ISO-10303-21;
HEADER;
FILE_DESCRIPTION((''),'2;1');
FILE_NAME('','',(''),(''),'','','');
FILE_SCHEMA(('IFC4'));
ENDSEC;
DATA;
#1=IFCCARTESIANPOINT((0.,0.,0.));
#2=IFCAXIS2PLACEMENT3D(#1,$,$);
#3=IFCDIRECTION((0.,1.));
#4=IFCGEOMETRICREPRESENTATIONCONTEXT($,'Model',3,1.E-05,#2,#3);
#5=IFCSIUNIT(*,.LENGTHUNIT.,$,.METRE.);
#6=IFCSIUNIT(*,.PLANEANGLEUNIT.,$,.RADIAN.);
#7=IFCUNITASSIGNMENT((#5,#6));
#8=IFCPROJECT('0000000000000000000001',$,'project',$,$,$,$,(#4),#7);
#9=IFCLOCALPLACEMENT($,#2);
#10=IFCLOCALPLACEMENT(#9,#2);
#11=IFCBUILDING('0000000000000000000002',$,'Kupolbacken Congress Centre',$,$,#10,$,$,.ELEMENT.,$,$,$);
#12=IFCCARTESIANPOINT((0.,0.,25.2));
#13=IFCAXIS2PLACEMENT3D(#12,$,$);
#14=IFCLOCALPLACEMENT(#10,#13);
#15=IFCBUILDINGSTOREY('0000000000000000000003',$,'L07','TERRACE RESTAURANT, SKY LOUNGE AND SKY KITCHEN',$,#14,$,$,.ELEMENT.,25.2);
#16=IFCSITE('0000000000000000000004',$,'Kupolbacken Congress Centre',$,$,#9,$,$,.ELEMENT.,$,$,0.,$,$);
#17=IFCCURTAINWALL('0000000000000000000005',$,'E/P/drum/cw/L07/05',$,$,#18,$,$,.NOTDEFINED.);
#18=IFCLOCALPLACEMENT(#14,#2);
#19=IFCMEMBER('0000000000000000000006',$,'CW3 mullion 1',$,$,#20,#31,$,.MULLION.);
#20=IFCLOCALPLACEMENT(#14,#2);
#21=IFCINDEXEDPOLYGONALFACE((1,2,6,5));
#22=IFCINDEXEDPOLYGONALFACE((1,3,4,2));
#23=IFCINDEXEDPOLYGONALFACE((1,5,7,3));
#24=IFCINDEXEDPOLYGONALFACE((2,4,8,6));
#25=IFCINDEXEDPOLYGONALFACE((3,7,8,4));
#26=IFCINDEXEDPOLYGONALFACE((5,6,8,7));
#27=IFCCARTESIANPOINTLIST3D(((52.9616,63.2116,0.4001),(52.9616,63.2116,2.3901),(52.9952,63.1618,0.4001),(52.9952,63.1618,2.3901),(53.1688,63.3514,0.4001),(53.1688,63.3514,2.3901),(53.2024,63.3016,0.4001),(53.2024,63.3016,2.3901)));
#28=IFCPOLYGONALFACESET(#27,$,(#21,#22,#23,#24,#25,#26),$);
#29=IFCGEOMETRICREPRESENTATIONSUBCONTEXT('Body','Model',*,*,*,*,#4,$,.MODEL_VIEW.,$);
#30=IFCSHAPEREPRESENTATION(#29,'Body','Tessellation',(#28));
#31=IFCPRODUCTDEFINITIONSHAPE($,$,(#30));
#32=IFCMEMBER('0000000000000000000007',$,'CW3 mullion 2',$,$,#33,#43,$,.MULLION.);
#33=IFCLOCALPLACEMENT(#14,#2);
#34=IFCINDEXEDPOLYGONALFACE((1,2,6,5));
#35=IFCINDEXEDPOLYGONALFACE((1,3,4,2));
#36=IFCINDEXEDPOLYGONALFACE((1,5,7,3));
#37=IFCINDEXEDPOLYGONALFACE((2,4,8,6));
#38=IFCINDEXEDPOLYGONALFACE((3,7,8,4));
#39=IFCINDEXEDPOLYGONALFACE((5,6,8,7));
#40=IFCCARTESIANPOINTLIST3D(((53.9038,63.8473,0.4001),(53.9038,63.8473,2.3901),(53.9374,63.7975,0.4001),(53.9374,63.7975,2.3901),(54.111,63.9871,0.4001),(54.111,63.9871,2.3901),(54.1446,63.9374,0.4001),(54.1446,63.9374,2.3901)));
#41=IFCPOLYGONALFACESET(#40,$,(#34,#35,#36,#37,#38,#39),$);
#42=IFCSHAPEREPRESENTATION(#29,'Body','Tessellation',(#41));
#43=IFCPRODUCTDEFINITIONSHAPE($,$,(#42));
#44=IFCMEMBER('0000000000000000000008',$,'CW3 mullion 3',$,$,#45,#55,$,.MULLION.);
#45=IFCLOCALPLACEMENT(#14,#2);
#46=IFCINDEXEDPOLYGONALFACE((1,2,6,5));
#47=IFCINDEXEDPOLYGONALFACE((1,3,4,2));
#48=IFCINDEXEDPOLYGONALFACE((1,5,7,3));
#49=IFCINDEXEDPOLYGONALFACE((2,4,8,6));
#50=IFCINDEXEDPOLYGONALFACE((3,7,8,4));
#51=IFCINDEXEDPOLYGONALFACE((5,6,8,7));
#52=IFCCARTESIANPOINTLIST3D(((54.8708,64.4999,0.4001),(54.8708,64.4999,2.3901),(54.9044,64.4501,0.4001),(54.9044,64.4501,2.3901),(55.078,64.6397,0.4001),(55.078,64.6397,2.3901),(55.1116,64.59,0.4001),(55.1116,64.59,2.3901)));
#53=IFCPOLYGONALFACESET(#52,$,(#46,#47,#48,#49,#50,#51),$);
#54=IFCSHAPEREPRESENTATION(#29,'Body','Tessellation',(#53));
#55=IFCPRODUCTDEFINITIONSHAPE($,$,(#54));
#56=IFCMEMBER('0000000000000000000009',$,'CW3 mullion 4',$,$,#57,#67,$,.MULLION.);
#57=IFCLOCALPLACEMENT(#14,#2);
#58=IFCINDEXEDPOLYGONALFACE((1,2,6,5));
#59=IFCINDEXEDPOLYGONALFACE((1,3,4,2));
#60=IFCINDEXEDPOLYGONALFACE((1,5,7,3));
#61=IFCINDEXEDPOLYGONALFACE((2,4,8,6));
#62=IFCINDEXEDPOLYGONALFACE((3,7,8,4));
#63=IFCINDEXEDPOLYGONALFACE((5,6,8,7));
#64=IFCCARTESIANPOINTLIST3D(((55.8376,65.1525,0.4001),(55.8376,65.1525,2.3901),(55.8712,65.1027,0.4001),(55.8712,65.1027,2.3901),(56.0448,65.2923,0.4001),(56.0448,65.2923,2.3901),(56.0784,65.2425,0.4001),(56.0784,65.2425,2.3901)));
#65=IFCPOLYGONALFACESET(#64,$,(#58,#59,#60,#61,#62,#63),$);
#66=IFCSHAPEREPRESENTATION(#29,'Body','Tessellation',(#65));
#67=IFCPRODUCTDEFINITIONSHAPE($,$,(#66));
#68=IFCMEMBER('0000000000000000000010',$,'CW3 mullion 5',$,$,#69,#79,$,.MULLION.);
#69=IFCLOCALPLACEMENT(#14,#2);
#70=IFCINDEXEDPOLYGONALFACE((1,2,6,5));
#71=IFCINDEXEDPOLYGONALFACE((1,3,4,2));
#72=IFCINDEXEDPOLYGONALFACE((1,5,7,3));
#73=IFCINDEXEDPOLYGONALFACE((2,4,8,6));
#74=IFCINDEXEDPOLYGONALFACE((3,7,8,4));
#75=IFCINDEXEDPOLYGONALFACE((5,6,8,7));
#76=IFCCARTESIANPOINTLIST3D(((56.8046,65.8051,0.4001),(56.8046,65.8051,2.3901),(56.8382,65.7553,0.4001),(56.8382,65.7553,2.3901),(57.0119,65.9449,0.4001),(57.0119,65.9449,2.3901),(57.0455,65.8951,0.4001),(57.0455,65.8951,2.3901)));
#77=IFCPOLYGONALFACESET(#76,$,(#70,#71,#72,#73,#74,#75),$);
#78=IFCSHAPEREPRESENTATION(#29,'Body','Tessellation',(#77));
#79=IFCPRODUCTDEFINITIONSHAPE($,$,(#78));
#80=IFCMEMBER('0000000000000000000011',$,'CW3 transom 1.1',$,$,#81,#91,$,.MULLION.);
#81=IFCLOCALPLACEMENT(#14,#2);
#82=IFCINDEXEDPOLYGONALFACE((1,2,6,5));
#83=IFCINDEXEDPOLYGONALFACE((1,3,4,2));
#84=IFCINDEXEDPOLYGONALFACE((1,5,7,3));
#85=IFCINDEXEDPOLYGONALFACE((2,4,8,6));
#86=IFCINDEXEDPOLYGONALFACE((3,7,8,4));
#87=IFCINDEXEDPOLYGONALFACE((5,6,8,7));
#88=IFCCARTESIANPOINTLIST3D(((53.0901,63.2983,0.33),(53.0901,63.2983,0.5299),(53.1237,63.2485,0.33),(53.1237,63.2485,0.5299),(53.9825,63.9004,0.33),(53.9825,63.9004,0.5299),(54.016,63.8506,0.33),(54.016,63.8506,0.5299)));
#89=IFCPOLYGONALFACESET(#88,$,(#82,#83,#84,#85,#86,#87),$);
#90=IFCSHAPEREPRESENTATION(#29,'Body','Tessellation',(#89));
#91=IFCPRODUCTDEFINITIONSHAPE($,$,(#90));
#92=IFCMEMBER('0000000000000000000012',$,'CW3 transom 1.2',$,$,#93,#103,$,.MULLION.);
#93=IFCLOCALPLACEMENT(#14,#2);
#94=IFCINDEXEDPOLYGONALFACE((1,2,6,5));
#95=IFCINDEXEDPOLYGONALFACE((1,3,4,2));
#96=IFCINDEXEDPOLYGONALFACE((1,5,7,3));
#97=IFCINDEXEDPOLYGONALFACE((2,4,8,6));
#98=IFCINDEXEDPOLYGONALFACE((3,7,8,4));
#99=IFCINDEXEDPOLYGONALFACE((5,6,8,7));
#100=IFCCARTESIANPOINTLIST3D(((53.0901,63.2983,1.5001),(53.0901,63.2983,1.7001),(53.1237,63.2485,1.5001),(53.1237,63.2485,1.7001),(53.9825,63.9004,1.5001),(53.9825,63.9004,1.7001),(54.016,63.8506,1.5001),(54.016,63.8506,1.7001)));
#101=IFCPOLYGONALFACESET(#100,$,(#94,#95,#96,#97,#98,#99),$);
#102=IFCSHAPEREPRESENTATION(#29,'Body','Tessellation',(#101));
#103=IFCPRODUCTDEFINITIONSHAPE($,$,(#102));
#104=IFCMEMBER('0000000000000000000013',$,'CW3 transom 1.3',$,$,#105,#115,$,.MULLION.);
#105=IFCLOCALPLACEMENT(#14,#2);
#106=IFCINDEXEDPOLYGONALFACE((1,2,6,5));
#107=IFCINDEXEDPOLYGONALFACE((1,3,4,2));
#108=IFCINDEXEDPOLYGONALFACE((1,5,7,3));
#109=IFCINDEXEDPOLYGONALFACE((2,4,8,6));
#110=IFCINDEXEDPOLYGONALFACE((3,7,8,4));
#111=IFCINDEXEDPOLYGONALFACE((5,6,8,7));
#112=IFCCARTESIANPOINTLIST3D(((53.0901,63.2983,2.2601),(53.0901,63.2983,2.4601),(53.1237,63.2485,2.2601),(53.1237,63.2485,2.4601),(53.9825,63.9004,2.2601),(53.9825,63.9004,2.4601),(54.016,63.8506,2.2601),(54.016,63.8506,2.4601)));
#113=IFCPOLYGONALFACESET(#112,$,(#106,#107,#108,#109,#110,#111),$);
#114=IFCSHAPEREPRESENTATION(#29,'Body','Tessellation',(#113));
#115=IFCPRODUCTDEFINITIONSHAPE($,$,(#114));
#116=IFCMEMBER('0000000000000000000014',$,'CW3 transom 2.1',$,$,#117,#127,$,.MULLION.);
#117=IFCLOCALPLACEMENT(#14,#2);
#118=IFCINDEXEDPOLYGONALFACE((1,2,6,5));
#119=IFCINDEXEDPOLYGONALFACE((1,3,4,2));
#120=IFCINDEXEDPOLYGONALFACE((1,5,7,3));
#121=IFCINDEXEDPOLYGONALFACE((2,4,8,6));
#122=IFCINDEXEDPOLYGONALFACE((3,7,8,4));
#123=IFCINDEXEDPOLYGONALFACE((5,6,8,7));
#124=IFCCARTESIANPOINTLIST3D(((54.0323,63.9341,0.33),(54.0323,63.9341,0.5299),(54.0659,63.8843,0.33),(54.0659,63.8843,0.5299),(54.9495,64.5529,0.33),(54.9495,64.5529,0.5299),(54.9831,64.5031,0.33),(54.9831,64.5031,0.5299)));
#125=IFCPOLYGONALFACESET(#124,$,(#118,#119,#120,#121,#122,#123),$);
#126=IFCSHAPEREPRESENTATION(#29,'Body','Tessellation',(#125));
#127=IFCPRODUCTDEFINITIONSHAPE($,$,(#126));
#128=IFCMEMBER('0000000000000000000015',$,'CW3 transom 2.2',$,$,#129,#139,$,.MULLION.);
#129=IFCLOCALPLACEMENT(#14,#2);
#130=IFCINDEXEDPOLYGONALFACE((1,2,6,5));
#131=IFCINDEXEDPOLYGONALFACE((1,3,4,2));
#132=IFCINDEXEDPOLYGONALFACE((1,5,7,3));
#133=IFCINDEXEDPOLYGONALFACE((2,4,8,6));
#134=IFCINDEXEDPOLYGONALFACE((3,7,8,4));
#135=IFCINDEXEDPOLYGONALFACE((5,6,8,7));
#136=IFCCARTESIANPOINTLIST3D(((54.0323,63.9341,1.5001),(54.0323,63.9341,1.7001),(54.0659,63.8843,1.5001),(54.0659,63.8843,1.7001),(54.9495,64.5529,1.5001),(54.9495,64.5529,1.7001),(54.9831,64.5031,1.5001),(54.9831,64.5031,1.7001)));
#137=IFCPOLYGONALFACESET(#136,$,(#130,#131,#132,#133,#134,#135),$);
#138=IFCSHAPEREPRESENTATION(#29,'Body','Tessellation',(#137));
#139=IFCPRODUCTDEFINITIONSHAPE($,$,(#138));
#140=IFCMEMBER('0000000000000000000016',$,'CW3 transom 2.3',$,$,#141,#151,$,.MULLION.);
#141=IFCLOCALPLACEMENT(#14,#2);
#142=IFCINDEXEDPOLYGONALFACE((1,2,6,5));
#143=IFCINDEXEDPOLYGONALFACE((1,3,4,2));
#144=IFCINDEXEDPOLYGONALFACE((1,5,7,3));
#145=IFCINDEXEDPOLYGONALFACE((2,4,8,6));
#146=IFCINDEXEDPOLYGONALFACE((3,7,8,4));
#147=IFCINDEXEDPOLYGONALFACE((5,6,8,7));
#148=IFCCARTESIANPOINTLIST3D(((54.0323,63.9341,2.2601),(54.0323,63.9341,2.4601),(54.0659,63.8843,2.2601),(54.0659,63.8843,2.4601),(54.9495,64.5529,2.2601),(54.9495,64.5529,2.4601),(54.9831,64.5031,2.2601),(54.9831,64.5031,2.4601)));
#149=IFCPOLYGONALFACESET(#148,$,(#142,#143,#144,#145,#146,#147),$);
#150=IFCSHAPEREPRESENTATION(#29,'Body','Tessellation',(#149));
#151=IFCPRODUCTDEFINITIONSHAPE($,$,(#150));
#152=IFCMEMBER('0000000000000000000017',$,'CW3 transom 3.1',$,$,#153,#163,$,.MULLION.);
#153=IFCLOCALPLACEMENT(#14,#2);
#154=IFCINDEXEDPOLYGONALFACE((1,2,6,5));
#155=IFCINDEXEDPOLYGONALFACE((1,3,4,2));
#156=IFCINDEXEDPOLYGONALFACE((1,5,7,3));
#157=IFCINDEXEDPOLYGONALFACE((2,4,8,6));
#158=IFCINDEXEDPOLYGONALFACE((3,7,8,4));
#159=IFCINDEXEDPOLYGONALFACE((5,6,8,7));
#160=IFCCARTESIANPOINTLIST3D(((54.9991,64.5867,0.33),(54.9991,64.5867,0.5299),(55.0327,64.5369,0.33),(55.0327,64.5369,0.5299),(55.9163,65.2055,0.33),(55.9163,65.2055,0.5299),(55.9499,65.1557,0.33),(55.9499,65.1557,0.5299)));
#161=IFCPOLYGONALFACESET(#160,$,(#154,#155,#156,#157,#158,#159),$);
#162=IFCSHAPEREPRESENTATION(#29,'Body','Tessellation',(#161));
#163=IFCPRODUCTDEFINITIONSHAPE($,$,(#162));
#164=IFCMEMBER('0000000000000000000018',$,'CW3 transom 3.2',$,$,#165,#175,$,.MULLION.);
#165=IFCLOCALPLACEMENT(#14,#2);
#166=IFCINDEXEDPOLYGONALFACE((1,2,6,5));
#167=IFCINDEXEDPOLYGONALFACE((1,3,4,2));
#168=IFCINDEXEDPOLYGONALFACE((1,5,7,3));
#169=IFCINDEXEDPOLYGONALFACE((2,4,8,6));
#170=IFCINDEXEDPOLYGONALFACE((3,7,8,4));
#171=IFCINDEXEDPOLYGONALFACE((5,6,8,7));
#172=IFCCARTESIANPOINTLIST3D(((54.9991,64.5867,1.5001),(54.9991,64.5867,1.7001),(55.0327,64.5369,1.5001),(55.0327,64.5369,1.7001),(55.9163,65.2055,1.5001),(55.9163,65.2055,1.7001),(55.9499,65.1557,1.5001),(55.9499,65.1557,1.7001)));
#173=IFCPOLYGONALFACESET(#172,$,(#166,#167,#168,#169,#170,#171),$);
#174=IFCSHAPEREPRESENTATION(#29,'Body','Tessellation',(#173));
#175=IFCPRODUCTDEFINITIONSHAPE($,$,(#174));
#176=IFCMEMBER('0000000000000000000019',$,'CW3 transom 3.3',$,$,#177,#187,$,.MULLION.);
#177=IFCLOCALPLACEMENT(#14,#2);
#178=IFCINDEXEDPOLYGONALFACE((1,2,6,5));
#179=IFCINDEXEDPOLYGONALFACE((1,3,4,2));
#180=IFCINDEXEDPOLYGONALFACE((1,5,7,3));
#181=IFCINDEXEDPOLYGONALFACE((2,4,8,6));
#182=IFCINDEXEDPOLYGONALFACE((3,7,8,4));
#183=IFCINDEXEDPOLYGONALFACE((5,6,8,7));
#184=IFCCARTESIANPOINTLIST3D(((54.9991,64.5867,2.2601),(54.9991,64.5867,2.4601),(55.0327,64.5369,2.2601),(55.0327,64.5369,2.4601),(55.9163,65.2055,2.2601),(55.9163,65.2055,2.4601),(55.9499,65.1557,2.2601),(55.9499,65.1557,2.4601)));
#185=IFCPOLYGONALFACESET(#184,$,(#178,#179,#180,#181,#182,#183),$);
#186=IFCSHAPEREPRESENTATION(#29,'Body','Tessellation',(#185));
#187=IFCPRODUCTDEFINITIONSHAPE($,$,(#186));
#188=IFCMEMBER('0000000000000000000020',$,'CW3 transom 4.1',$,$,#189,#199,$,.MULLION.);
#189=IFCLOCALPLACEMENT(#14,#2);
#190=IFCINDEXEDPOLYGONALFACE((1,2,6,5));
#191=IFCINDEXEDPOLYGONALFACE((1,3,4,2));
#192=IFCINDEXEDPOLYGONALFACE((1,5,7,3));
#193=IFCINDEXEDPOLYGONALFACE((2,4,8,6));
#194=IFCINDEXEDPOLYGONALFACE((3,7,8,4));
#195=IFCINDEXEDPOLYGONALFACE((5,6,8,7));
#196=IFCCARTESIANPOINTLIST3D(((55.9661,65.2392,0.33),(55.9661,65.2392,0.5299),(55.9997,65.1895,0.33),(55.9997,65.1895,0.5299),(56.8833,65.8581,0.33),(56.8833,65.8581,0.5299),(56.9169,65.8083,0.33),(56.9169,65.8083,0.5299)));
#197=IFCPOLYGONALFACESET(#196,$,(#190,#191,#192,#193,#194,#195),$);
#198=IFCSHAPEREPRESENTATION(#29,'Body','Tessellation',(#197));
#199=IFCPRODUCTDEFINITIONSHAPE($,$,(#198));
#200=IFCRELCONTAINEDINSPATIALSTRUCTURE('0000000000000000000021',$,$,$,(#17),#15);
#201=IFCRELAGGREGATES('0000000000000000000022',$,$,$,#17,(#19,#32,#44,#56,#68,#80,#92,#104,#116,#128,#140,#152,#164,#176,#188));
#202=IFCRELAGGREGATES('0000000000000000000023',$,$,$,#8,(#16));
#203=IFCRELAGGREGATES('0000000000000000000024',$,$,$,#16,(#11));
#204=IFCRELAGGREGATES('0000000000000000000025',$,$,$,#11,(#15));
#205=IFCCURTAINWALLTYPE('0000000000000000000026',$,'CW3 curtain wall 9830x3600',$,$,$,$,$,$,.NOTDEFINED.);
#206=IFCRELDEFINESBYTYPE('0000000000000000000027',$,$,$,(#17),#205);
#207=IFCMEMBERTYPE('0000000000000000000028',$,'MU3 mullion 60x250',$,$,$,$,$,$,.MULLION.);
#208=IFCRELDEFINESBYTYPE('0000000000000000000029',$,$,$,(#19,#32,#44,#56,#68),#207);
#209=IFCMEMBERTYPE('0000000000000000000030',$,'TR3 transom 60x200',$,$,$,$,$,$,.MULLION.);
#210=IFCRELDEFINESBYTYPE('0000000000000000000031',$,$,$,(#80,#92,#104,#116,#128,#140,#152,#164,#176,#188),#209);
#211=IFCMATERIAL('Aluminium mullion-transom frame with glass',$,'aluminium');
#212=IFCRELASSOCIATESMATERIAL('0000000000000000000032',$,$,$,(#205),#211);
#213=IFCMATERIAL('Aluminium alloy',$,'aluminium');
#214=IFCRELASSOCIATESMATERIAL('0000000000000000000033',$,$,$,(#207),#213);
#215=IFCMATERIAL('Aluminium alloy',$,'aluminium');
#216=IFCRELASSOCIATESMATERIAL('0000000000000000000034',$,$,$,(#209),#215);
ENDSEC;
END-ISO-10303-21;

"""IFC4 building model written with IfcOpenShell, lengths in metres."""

from ifc_helpers import new_model, si_unit, direction, frame, origin, origin_2d, place, context, subcontext, project, spatial, rectangle, extrude, material, material_profile, profile_set, type_object, element, aggregate, save


model = new_model("IFC4")

# Units and contexts
model_context = context("Model", 3, precision=1e-05, world=origin(), true_north=direction((0.0, 1.0)))
body_context = subcontext(model_context, "Body", "Model", "MODEL_VIEW")
ifc_project = project(units=[si_unit("LENGTHUNIT", "METRE"), si_unit("PLANEANGLEUNIT", "RADIAN")], contexts=[model_context])

# Site, building, storey
site_placement = place(None, origin())
site = spatial("IfcSite", under=ifc_project, at=site_placement, Name="Kupolbacken Congress Centre", CompositionType="ELEMENT", RefElevation=0.0)
building_placement = place(site_placement, origin())
building = spatial("IfcBuilding", under=site, at=building_placement, Name="Kupolbacken Congress Centre", CompositionType="ELEMENT")
storey_placement = place(building_placement, frame((0.0, 0.0, 25.2)))
storey = spatial("IfcBuildingStorey", under=building, at=storey_placement, Name="L07", Description="TERRACE RESTAURANT, SKY LOUNGE AND SKY KITCHEN", CompositionType="ELEMENT", Elevation=25.2)

# Shared definitions
ifc_material_1 = material(Name="Aluminium mullion-transom frame with glass", Category="aluminium")
curtain_wall_type = type_object("IfcCurtainWallType", Name="CW3 curtain wall 9830x3600", PredefinedType="NOTDEFINED", material=ifc_material_1)
ifc_material_2 = material(Name="Aluminium alloy", Category="aluminium")
ifc_material_profile_1 = material_profile(ifc_material_2, rectangle(XDim=0.0601, YDim=0.25, at=origin_2d()), Name="60 x 250")
ifc_profile_set_1 = profile_set([ifc_material_profile_1], Name="Aluminium alloy")
member_type_1 = type_object("IfcMemberType", Name="MU3 mullion 60x250", PredefinedType="MULLION", material=ifc_profile_set_1)

# Curtain wall, members
curtain_wall_1_placement = place(storey_placement, origin())
curtain_wall_1 = element("IfcCurtainWall", 1, at=curtain_wall_1_placement, inside=storey, type_object=curtain_wall_type, Name="E/P/drum/cw/L07/05", PredefinedType="NOTDEFINED")
member_1_placement = place(storey_placement, frame((53.082, 63.2566, 0.4001), z_axis=(0.0, 0.0, 1.0), x_axis=(-0.559386, 0.828908, 0.0)))
member_1 = element("IfcMember", 2, at=member_1_placement, type_object=member_type_1, Name="CW3 mullion 1", PredefinedType="MULLION", context=body_context, shape_type="SweptSolid", body=[
    extrude(rectangle(XDim=0.0601, YDim=0.25, at=origin_2d()), origin(), (0.0, 0.0, 1.0), 1.99),
])
member_2_placement = place(storey_placement, frame((54.0242, 63.8923, 0.4001), z_axis=(0.0, 0.0, 1.0), x_axis=(-0.559386, 0.828908, 0.0)))
member_2 = element("IfcMember", 3, at=member_2_placement, type_object=member_type_1, Name="CW3 mullion 2", PredefinedType="MULLION", context=body_context, shape_type="SweptSolid", body=[
    extrude(rectangle(XDim=0.0601, YDim=0.25, at=origin_2d()), origin(), (0.0, 0.0, 1.0), 1.99),
])
member_3_placement = place(storey_placement, frame((54.9912, 64.5449, 0.4001), z_axis=(0.0, 0.0, 1.0), x_axis=(-0.559386, 0.828908, 0.0)))
member_3 = element("IfcMember", 4, at=member_3_placement, type_object=member_type_1, Name="CW3 mullion 3", PredefinedType="MULLION", context=body_context, shape_type="SweptSolid", body=[
    extrude(rectangle(XDim=0.0601, YDim=0.25, at=origin_2d()), origin(), (0.0, 0.0, 1.0), 1.99),
])
member_4_placement = place(storey_placement, frame((55.958, 65.1975, 0.4001), z_axis=(0.0, 0.0, 1.0), x_axis=(-0.559386, 0.828908, 0.0)))
member_4 = element("IfcMember", 5, at=member_4_placement, type_object=member_type_1, Name="CW3 mullion 4", PredefinedType="MULLION", context=body_context, shape_type="SweptSolid", body=[
    extrude(rectangle(XDim=0.0601, YDim=0.25, at=origin_2d()), origin(), (0.0, 0.0, 1.0), 1.99),
])
member_5_placement = place(storey_placement, frame((56.925, 65.8501, 0.4001), z_axis=(0.0, 0.0, 1.0), x_axis=(-0.559386, 0.828908, 0.0)))
member_5 = element("IfcMember", 6, at=member_5_placement, type_object=member_type_1, Name="CW3 mullion 5", PredefinedType="MULLION", context=body_context, shape_type="SweptSolid", body=[
    extrude(rectangle(XDim=0.0601, YDim=0.25, at=origin_2d()), origin(), (0.0, 0.0, 1.0), 1.99),
])
ifc_material_3 = material(Name="Aluminium alloy", Category="aluminium")
ifc_material_profile_2 = material_profile(ifc_material_3, rectangle(XDim=0.0601, YDim=0.2, at=origin_2d()), Name="60 x 200")
ifc_profile_set_2 = profile_set([ifc_material_profile_2], Name="Aluminium alloy")
member_type_2 = type_object("IfcMemberType", Name="TR3 transom 60x200", PredefinedType="MULLION", material=ifc_profile_set_2)
member_6_placement = place(storey_placement, frame((53.1069, 63.2734, 0.4299), z_axis=(0.828967, 0.559298, 0.0), x_axis=(-0.559298, 0.828967, 0.0)))
member_6 = element("IfcMember", 7, at=member_6_placement, type_object=member_type_2, Name="CW3 transom 1.1", PredefinedType="MULLION", context=body_context, shape_type="SweptSolid", body=[
    extrude(rectangle(XDim=0.0601, YDim=0.2, at=origin_2d()), origin(), (0.0, 0.0, 1.0), 1.0764),
])
member_7_placement = place(storey_placement, frame((53.1069, 63.2734, 1.6001), z_axis=(0.828967, 0.559298, 0.0), x_axis=(-0.559298, 0.828967, 0.0)))
member_7 = element("IfcMember", 8, at=member_7_placement, type_object=member_type_2, Name="CW3 transom 1.2", PredefinedType="MULLION", context=body_context, shape_type="SweptSolid", body=[
    extrude(rectangle(XDim=0.0601, YDim=0.2, at=origin_2d()), origin(), (0.0, 0.0, 1.0), 1.0764),
])
member_8_placement = place(storey_placement, frame((53.1069, 63.2734, 2.3601), z_axis=(0.828967, 0.559298, 0.0), x_axis=(-0.559298, 0.828967, 0.0)))
member_8 = element("IfcMember", 9, at=member_8_placement, type_object=member_type_2, Name="CW3 transom 1.3", PredefinedType="MULLION", context=body_context, shape_type="SweptSolid", body=[
    extrude(rectangle(XDim=0.0601, YDim=0.2, at=origin_2d()), origin(), (0.0, 0.0, 1.0), 1.0764),
])
member_9_placement = place(storey_placement, frame((54.0491, 63.9092, 0.4299), z_axis=(0.828948, 0.559325, 0.0), x_axis=(-0.559325, 0.828948, 0.0)))
member_9 = element("IfcMember", 10, at=member_9_placement, type_object=member_type_2, Name="CW3 transom 2.1", PredefinedType="MULLION", context=body_context, shape_type="SweptSolid", body=[
    extrude(rectangle(XDim=0.0601, YDim=0.2, at=origin_2d()), origin(), (0.0, 0.0, 1.0), 1.1064),
])
member_10_placement = place(storey_placement, frame((54.0491, 63.9092, 1.6001), z_axis=(0.828948, 0.559325, 0.0), x_axis=(-0.559325, 0.828948, 0.0)))
member_10 = element("IfcMember", 11, at=member_10_placement, type_object=member_type_2, Name="CW3 transom 2.2", PredefinedType="MULLION", context=body_context, shape_type="SweptSolid", body=[
    extrude(rectangle(XDim=0.0601, YDim=0.2, at=origin_2d()), origin(), (0.0, 0.0, 1.0), 1.1064),
])
member_11_placement = place(storey_placement, frame((54.0491, 63.9092, 2.3601), z_axis=(0.828948, 0.559325, 0.0), x_axis=(-0.559325, 0.828948, 0.0)))
member_11 = element("IfcMember", 12, at=member_11_placement, type_object=member_type_2, Name="CW3 transom 2.3", PredefinedType="MULLION", context=body_context, shape_type="SweptSolid", body=[
    extrude(rectangle(XDim=0.0601, YDim=0.2, at=origin_2d()), origin(), (0.0, 0.0, 1.0), 1.1064),
])
member_12_placement = place(storey_placement, frame((55.0159, 64.5618, 0.4299), z_axis=(0.828948, 0.559325, 0.0), x_axis=(-0.559325, 0.828948, 0.0)))
member_12 = element("IfcMember", 13, at=member_12_placement, type_object=member_type_2, Name="CW3 transom 3.1", PredefinedType="MULLION", context=body_context, shape_type="SweptSolid", body=[
    extrude(rectangle(XDim=0.0601, YDim=0.2, at=origin_2d()), origin(), (0.0, 0.0, 1.0), 1.1064),
])
member_13_placement = place(storey_placement, frame((55.0159, 64.5618, 1.6001), z_axis=(0.828948, 0.559325, 0.0), x_axis=(-0.559325, 0.828948, 0.0)))
member_13 = element("IfcMember", 14, at=member_13_placement, type_object=member_type_2, Name="CW3 transom 3.2", PredefinedType="MULLION", context=body_context, shape_type="SweptSolid", body=[
    extrude(rectangle(XDim=0.0601, YDim=0.2, at=origin_2d()), origin(), (0.0, 0.0, 1.0), 1.1064),
])
member_14_placement = place(storey_placement, frame((55.0159, 64.5618, 2.3601), z_axis=(0.828948, 0.559325, 0.0), x_axis=(-0.559325, 0.828948, 0.0)))
member_14 = element("IfcMember", 15, at=member_14_placement, type_object=member_type_2, Name="CW3 transom 3.3", PredefinedType="MULLION", context=body_context, shape_type="SweptSolid", body=[
    extrude(rectangle(XDim=0.0601, YDim=0.2, at=origin_2d()), origin(), (0.0, 0.0, 1.0), 1.1064),
])
member_15_placement = place(storey_placement, frame((55.9829, 65.2144, 0.4299), z_axis=(0.828948, 0.559325, 0.0), x_axis=(-0.559325, 0.828948, 0.0)))
member_15 = element("IfcMember", 16, at=member_15_placement, type_object=member_type_2, Name="CW3 transom 4.1", PredefinedType="MULLION", context=body_context, shape_type="SweptSolid", body=[
    extrude(rectangle(XDim=0.0601, YDim=0.2, at=origin_2d()), origin(), (0.0, 0.0, 1.0), 1.1064),
])
aggregate(curtain_wall_1, [member_1, member_2, member_3, member_4, member_5, member_6, member_7, member_8, member_9, member_10, member_11, member_12, member_13, member_14, member_15])

save(model, "model.ifc")
